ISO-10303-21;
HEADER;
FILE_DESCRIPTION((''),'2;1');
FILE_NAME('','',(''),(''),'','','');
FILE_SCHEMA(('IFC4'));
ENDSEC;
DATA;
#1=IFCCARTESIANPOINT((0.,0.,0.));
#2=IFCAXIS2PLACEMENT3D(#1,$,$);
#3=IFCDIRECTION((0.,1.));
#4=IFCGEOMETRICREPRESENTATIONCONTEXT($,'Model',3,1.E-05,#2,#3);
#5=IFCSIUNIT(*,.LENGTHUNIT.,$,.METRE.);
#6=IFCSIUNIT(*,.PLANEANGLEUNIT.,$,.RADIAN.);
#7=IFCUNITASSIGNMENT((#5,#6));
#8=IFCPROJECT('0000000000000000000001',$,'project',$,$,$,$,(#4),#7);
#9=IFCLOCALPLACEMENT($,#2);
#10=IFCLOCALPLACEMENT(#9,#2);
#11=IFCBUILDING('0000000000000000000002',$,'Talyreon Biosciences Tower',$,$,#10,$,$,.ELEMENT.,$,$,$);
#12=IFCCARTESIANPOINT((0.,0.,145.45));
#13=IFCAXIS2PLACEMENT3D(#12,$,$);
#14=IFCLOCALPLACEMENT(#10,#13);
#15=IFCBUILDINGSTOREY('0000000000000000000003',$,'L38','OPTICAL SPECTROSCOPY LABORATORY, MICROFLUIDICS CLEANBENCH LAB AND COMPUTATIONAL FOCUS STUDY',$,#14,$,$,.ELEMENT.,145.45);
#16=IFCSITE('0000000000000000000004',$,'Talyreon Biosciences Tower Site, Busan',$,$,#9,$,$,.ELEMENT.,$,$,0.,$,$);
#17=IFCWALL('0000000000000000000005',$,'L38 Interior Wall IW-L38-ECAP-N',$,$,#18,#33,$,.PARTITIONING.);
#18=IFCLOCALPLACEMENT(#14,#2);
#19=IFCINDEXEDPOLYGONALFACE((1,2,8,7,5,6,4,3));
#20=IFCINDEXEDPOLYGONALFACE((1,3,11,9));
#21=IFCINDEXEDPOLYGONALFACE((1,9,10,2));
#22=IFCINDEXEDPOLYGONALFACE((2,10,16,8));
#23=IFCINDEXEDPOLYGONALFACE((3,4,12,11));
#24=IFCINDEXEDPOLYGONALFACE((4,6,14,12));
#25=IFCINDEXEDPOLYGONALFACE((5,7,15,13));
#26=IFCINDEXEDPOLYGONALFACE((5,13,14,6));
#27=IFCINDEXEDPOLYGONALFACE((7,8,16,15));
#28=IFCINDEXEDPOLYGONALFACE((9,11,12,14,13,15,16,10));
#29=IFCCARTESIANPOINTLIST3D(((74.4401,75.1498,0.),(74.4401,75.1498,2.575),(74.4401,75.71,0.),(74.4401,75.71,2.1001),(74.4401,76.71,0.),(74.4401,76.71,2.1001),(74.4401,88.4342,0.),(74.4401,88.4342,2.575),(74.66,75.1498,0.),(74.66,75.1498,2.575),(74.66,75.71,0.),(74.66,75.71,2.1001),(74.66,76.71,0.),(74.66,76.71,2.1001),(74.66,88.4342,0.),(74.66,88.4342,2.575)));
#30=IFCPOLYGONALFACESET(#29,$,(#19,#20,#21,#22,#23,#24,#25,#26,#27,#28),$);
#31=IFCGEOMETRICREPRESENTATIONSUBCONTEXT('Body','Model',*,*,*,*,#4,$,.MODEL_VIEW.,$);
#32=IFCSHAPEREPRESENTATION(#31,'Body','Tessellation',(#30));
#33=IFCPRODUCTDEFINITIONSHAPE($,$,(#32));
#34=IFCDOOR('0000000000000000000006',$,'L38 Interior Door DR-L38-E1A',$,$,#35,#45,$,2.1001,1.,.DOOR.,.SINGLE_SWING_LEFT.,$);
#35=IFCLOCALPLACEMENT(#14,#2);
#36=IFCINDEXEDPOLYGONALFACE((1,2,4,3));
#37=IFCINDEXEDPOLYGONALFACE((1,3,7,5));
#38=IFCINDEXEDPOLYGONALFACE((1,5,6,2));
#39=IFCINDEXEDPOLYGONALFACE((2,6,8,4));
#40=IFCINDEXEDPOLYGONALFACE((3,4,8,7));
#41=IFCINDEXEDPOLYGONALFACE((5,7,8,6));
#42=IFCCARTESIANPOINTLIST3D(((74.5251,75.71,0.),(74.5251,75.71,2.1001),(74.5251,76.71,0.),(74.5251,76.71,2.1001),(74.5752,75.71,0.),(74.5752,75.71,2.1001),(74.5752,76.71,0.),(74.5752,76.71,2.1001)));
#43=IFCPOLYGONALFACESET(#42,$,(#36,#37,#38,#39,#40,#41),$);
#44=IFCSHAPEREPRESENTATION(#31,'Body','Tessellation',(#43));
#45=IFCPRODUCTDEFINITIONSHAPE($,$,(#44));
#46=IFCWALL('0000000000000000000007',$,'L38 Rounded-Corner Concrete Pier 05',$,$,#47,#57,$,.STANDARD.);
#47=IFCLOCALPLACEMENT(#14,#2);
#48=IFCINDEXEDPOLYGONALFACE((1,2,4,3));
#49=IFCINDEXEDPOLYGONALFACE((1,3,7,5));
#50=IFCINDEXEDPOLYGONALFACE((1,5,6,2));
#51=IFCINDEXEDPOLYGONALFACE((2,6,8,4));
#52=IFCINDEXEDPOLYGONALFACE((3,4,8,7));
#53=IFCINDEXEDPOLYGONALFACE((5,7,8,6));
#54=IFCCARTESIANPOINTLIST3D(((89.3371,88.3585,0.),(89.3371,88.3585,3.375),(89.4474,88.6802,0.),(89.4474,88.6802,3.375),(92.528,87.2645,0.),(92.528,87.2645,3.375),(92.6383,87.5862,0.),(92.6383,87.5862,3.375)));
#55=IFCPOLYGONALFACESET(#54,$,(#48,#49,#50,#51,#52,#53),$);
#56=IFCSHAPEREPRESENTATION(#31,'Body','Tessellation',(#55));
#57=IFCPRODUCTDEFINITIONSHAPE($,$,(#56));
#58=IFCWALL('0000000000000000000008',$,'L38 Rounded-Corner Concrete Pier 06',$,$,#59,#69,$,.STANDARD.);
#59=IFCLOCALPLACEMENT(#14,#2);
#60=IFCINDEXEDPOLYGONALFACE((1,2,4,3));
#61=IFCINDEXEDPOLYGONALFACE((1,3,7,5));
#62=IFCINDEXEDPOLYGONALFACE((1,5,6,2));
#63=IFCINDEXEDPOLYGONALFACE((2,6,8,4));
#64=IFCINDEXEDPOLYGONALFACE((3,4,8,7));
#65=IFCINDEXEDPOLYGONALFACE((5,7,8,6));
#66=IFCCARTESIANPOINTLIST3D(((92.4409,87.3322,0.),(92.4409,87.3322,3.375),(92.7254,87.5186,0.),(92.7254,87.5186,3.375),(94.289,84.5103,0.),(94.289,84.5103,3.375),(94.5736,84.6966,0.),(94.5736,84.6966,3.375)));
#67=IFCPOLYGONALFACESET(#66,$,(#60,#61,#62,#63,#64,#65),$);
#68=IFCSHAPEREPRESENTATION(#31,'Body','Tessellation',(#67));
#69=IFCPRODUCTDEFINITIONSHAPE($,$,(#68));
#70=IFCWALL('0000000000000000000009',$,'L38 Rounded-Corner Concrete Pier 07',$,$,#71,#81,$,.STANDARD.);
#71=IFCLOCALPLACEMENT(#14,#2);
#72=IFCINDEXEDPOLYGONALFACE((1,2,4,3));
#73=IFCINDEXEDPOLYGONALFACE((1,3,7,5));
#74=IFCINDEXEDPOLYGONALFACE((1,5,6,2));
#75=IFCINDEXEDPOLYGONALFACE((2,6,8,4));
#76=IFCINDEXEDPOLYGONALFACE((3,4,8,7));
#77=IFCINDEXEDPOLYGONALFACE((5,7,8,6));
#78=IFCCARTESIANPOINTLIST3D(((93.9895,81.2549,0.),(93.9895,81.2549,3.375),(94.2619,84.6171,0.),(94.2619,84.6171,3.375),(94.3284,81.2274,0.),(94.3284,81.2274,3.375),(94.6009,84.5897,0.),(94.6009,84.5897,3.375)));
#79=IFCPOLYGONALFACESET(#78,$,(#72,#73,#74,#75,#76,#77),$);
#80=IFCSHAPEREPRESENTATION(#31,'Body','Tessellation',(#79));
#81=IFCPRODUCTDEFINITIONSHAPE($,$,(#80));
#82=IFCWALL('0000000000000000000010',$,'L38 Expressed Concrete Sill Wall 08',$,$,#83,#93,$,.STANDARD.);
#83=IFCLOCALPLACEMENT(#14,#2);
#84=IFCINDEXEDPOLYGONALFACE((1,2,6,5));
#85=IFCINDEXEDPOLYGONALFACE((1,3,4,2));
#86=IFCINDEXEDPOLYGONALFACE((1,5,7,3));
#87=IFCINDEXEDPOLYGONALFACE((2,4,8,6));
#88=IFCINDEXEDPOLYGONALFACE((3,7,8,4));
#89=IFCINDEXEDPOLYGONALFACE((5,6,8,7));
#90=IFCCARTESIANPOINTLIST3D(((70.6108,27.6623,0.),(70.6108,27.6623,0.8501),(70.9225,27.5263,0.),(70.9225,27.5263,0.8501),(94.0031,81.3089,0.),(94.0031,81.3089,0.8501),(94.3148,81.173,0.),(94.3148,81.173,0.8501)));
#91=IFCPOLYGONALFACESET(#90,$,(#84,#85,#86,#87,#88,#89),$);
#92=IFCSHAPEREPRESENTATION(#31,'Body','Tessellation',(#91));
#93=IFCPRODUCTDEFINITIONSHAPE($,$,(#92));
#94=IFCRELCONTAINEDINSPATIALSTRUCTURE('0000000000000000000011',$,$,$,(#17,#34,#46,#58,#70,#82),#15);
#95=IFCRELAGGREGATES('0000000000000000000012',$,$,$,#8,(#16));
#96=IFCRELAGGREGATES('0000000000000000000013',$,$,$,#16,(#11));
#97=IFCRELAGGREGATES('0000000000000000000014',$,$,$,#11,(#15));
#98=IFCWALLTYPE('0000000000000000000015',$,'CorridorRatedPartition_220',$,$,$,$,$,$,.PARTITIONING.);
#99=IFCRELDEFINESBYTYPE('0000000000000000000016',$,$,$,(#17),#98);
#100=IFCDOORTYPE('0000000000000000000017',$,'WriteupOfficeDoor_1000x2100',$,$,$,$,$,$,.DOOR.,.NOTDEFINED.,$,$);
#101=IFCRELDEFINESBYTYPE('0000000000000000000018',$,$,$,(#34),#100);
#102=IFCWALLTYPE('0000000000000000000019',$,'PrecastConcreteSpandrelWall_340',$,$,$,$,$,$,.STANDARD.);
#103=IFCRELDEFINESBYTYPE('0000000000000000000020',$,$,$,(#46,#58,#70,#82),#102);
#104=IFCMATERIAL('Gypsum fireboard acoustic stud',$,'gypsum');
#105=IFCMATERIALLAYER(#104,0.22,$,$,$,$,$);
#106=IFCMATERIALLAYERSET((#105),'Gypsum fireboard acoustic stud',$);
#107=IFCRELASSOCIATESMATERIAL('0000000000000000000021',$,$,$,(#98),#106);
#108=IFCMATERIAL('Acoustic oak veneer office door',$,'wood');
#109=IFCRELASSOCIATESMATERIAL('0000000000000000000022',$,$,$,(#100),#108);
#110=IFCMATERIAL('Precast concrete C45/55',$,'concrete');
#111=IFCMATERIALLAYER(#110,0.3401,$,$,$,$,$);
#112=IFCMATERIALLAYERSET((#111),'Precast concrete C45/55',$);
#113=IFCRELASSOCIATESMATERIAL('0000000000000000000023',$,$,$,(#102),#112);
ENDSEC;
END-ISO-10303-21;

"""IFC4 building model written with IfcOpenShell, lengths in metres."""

from ifc_helpers import new_model, si_unit, direction, frame, frame_2d, origin, place, context, subcontext, project, spatial, rectangle, extrude, material, layer, layer_set, type_object, element, fill, save


model = new_model("IFC4")

# Units and contexts
model_context = context("Model", 3, precision=1e-05, world=origin(), true_north=direction((0.0, 1.0)))
body_context = subcontext(model_context, "Body", "Model", "MODEL_VIEW")
ifc_project = project(units=[si_unit("LENGTHUNIT", "METRE"), si_unit("PLANEANGLEUNIT", "RADIAN")], contexts=[model_context])

# Site, building, storey
site_placement = place(None, origin())
site = spatial("IfcSite", under=ifc_project, at=site_placement, Name="Talyreon Biosciences Tower Site, Busan", CompositionType="ELEMENT", RefElevation=0.0)
building_placement = place(site_placement, origin())
building = spatial("IfcBuilding", under=site, at=building_placement, Name="Talyreon Biosciences Tower", CompositionType="ELEMENT")
storey_placement = place(building_placement, frame((0.0, 0.0, 145.45)))
storey = spatial("IfcBuildingStorey", under=building, at=storey_placement, Name="L38", Description="OPTICAL SPECTROSCOPY LABORATORY, MICROFLUIDICS CLEANBENCH LAB AND COMPUTATIONAL FOCUS STUDY", CompositionType="ELEMENT", Elevation=145.45)

# Shared definitions
ifc_material_1 = material(Name="Precast concrete C45/55", Category="concrete")

# Wall, opening, door
ifc_material_2 = material(Name="Gypsum fireboard acoustic stud", Category="gypsum")
ifc_layer_1 = layer(ifc_material_2, 0.22)
ifc_layer_set_1 = layer_set([ifc_layer_1], Name="Gypsum fireboard acoustic stud")
wall_type_1 = type_object("IfcWallType", Name="CorridorRatedPartition_220", PredefinedType="PARTITIONING", material=ifc_layer_set_1)
wall_1_placement = place(storey_placement, frame((74.55, 75.1499, 0.0), z_axis=(0.0, 0.0, 1.0), x_axis=(0.0, 1.0, 0.0)))
wall_1 = element("IfcWall", 1, at=wall_1_placement, inside=storey, type_object=wall_type_1, Name="L38 Interior Wall IW-L38-ECAP-N", PredefinedType="PARTITIONING", context=body_context, shape_type="SweptSolid", body=[
    extrude(rectangle(XDim=13.2844, YDim=0.22, at=frame_2d((6.6421, 0.0))), origin(), (0.0, 0.0, 1.0), 2.575),
])
opening_placement = place(wall_1_placement, frame((0.5601, 0.0, 0.0)))
opening = element("IfcOpeningElement", 2, at=opening_placement, cuts=wall_1, PredefinedType="OPENING", context=body_context, shape_type="SweptSolid", body=[
    extrude(rectangle(XDim=1.0, YDim=2.1001, at=frame_2d((0.5, 1.05))), frame((0.0, 0.1199, 0.0), z_axis=(0.0, -1.0, 0.0), x_axis=(1.0, 0.0, 0.0)), (0.0, 0.0, 1.0), 0.24),
])
ifc_material_3 = material(Name="Acoustic oak veneer office door", Category="wood")
door_type = type_object("IfcDoorType", Name="WriteupOfficeDoor_1000x2100", OperationType="NOTDEFINED", PredefinedType="DOOR", material=ifc_material_3)
door_placement = place(opening_placement, origin())
door = element("IfcDoor", 3, at=door_placement, inside=storey, type_object=door_type, Name="L38 Interior Door DR-L38-E1A", OperationType="SINGLE_SWING_LEFT", OverallHeight=2.1001, OverallWidth=1.0, PredefinedType="DOOR", context=body_context, shape_type="SweptSolid", body=[
    extrude(rectangle(XDim=1.0, YDim=2.1001, at=frame_2d((0.5, 1.05))), frame((0.0, 0.0249, 0.0), z_axis=(0.0, -1.0, 0.0), x_axis=(1.0, 0.0, 0.0)), (0.0, 0.0, 1.0), 0.05),
])
fill(opening, door)

# Walls
ifc_layer_2 = layer(ifc_material_1, 0.3401)
ifc_layer_set_2 = layer_set([ifc_layer_2], Name="Precast concrete C45/55")
wall_type_2 = type_object("IfcWallType", Name="PrecastConcreteSpandrelWall_340", PredefinedType="STANDARD", material=ifc_layer_set_2)
for number, where, z_axis, x_axis, name in (
    (4, (89.3923, 88.5193, 0.0), (0.0, 0.0, 1.0), (0.945949, -0.324315, 0.0), "L38 Rounded-Corner Concrete Pier 05"),
    (5, (92.5833, 87.4253, 0.0), (0.0, 0.0, 1.0), (0.547867, -0.836565, 0.0), "L38 Rounded-Corner Concrete Pier 06"),
    (6, (94.4314, 84.6033, 0.0), (0.0, 0.0, 1.0), (-0.080769, -0.996733, 0.0), "L38 Rounded-Corner Concrete Pier 07"),
):
    element("IfcWall", number, at=place(storey_placement, frame(where, z_axis=z_axis, x_axis=x_axis)), inside=storey, type_object=wall_type_2, Name=name, PredefinedType="STANDARD", context=body_context, shape_type="SweptSolid", body=[
        extrude(rectangle(XDim=3.3733, YDim=0.3401, at=frame_2d((1.6865, 0.0))), origin(), (0.0, 0.0, 1.0), 3.375),
    ])
wall_2_placement = place(storey_placement, frame((94.1589, 81.241, 0.0), z_axis=(0.0, 0.0, 1.0), x_axis=(-0.399698, -0.916647, 0.0)))
element("IfcWall", 7, at=wall_2_placement, inside=storey, type_object=wall_type_2, Name="L38 Expressed Concrete Sill Wall 08", PredefinedType="STANDARD", context=body_context, shape_type="SweptSolid", body=[
    extrude(rectangle(XDim=58.5249, YDim=0.3401, at=frame_2d((29.2625, 0.0))), origin(), (0.0, 0.0, 1.0), 0.8501),
])

save(model, "model.ifc")
